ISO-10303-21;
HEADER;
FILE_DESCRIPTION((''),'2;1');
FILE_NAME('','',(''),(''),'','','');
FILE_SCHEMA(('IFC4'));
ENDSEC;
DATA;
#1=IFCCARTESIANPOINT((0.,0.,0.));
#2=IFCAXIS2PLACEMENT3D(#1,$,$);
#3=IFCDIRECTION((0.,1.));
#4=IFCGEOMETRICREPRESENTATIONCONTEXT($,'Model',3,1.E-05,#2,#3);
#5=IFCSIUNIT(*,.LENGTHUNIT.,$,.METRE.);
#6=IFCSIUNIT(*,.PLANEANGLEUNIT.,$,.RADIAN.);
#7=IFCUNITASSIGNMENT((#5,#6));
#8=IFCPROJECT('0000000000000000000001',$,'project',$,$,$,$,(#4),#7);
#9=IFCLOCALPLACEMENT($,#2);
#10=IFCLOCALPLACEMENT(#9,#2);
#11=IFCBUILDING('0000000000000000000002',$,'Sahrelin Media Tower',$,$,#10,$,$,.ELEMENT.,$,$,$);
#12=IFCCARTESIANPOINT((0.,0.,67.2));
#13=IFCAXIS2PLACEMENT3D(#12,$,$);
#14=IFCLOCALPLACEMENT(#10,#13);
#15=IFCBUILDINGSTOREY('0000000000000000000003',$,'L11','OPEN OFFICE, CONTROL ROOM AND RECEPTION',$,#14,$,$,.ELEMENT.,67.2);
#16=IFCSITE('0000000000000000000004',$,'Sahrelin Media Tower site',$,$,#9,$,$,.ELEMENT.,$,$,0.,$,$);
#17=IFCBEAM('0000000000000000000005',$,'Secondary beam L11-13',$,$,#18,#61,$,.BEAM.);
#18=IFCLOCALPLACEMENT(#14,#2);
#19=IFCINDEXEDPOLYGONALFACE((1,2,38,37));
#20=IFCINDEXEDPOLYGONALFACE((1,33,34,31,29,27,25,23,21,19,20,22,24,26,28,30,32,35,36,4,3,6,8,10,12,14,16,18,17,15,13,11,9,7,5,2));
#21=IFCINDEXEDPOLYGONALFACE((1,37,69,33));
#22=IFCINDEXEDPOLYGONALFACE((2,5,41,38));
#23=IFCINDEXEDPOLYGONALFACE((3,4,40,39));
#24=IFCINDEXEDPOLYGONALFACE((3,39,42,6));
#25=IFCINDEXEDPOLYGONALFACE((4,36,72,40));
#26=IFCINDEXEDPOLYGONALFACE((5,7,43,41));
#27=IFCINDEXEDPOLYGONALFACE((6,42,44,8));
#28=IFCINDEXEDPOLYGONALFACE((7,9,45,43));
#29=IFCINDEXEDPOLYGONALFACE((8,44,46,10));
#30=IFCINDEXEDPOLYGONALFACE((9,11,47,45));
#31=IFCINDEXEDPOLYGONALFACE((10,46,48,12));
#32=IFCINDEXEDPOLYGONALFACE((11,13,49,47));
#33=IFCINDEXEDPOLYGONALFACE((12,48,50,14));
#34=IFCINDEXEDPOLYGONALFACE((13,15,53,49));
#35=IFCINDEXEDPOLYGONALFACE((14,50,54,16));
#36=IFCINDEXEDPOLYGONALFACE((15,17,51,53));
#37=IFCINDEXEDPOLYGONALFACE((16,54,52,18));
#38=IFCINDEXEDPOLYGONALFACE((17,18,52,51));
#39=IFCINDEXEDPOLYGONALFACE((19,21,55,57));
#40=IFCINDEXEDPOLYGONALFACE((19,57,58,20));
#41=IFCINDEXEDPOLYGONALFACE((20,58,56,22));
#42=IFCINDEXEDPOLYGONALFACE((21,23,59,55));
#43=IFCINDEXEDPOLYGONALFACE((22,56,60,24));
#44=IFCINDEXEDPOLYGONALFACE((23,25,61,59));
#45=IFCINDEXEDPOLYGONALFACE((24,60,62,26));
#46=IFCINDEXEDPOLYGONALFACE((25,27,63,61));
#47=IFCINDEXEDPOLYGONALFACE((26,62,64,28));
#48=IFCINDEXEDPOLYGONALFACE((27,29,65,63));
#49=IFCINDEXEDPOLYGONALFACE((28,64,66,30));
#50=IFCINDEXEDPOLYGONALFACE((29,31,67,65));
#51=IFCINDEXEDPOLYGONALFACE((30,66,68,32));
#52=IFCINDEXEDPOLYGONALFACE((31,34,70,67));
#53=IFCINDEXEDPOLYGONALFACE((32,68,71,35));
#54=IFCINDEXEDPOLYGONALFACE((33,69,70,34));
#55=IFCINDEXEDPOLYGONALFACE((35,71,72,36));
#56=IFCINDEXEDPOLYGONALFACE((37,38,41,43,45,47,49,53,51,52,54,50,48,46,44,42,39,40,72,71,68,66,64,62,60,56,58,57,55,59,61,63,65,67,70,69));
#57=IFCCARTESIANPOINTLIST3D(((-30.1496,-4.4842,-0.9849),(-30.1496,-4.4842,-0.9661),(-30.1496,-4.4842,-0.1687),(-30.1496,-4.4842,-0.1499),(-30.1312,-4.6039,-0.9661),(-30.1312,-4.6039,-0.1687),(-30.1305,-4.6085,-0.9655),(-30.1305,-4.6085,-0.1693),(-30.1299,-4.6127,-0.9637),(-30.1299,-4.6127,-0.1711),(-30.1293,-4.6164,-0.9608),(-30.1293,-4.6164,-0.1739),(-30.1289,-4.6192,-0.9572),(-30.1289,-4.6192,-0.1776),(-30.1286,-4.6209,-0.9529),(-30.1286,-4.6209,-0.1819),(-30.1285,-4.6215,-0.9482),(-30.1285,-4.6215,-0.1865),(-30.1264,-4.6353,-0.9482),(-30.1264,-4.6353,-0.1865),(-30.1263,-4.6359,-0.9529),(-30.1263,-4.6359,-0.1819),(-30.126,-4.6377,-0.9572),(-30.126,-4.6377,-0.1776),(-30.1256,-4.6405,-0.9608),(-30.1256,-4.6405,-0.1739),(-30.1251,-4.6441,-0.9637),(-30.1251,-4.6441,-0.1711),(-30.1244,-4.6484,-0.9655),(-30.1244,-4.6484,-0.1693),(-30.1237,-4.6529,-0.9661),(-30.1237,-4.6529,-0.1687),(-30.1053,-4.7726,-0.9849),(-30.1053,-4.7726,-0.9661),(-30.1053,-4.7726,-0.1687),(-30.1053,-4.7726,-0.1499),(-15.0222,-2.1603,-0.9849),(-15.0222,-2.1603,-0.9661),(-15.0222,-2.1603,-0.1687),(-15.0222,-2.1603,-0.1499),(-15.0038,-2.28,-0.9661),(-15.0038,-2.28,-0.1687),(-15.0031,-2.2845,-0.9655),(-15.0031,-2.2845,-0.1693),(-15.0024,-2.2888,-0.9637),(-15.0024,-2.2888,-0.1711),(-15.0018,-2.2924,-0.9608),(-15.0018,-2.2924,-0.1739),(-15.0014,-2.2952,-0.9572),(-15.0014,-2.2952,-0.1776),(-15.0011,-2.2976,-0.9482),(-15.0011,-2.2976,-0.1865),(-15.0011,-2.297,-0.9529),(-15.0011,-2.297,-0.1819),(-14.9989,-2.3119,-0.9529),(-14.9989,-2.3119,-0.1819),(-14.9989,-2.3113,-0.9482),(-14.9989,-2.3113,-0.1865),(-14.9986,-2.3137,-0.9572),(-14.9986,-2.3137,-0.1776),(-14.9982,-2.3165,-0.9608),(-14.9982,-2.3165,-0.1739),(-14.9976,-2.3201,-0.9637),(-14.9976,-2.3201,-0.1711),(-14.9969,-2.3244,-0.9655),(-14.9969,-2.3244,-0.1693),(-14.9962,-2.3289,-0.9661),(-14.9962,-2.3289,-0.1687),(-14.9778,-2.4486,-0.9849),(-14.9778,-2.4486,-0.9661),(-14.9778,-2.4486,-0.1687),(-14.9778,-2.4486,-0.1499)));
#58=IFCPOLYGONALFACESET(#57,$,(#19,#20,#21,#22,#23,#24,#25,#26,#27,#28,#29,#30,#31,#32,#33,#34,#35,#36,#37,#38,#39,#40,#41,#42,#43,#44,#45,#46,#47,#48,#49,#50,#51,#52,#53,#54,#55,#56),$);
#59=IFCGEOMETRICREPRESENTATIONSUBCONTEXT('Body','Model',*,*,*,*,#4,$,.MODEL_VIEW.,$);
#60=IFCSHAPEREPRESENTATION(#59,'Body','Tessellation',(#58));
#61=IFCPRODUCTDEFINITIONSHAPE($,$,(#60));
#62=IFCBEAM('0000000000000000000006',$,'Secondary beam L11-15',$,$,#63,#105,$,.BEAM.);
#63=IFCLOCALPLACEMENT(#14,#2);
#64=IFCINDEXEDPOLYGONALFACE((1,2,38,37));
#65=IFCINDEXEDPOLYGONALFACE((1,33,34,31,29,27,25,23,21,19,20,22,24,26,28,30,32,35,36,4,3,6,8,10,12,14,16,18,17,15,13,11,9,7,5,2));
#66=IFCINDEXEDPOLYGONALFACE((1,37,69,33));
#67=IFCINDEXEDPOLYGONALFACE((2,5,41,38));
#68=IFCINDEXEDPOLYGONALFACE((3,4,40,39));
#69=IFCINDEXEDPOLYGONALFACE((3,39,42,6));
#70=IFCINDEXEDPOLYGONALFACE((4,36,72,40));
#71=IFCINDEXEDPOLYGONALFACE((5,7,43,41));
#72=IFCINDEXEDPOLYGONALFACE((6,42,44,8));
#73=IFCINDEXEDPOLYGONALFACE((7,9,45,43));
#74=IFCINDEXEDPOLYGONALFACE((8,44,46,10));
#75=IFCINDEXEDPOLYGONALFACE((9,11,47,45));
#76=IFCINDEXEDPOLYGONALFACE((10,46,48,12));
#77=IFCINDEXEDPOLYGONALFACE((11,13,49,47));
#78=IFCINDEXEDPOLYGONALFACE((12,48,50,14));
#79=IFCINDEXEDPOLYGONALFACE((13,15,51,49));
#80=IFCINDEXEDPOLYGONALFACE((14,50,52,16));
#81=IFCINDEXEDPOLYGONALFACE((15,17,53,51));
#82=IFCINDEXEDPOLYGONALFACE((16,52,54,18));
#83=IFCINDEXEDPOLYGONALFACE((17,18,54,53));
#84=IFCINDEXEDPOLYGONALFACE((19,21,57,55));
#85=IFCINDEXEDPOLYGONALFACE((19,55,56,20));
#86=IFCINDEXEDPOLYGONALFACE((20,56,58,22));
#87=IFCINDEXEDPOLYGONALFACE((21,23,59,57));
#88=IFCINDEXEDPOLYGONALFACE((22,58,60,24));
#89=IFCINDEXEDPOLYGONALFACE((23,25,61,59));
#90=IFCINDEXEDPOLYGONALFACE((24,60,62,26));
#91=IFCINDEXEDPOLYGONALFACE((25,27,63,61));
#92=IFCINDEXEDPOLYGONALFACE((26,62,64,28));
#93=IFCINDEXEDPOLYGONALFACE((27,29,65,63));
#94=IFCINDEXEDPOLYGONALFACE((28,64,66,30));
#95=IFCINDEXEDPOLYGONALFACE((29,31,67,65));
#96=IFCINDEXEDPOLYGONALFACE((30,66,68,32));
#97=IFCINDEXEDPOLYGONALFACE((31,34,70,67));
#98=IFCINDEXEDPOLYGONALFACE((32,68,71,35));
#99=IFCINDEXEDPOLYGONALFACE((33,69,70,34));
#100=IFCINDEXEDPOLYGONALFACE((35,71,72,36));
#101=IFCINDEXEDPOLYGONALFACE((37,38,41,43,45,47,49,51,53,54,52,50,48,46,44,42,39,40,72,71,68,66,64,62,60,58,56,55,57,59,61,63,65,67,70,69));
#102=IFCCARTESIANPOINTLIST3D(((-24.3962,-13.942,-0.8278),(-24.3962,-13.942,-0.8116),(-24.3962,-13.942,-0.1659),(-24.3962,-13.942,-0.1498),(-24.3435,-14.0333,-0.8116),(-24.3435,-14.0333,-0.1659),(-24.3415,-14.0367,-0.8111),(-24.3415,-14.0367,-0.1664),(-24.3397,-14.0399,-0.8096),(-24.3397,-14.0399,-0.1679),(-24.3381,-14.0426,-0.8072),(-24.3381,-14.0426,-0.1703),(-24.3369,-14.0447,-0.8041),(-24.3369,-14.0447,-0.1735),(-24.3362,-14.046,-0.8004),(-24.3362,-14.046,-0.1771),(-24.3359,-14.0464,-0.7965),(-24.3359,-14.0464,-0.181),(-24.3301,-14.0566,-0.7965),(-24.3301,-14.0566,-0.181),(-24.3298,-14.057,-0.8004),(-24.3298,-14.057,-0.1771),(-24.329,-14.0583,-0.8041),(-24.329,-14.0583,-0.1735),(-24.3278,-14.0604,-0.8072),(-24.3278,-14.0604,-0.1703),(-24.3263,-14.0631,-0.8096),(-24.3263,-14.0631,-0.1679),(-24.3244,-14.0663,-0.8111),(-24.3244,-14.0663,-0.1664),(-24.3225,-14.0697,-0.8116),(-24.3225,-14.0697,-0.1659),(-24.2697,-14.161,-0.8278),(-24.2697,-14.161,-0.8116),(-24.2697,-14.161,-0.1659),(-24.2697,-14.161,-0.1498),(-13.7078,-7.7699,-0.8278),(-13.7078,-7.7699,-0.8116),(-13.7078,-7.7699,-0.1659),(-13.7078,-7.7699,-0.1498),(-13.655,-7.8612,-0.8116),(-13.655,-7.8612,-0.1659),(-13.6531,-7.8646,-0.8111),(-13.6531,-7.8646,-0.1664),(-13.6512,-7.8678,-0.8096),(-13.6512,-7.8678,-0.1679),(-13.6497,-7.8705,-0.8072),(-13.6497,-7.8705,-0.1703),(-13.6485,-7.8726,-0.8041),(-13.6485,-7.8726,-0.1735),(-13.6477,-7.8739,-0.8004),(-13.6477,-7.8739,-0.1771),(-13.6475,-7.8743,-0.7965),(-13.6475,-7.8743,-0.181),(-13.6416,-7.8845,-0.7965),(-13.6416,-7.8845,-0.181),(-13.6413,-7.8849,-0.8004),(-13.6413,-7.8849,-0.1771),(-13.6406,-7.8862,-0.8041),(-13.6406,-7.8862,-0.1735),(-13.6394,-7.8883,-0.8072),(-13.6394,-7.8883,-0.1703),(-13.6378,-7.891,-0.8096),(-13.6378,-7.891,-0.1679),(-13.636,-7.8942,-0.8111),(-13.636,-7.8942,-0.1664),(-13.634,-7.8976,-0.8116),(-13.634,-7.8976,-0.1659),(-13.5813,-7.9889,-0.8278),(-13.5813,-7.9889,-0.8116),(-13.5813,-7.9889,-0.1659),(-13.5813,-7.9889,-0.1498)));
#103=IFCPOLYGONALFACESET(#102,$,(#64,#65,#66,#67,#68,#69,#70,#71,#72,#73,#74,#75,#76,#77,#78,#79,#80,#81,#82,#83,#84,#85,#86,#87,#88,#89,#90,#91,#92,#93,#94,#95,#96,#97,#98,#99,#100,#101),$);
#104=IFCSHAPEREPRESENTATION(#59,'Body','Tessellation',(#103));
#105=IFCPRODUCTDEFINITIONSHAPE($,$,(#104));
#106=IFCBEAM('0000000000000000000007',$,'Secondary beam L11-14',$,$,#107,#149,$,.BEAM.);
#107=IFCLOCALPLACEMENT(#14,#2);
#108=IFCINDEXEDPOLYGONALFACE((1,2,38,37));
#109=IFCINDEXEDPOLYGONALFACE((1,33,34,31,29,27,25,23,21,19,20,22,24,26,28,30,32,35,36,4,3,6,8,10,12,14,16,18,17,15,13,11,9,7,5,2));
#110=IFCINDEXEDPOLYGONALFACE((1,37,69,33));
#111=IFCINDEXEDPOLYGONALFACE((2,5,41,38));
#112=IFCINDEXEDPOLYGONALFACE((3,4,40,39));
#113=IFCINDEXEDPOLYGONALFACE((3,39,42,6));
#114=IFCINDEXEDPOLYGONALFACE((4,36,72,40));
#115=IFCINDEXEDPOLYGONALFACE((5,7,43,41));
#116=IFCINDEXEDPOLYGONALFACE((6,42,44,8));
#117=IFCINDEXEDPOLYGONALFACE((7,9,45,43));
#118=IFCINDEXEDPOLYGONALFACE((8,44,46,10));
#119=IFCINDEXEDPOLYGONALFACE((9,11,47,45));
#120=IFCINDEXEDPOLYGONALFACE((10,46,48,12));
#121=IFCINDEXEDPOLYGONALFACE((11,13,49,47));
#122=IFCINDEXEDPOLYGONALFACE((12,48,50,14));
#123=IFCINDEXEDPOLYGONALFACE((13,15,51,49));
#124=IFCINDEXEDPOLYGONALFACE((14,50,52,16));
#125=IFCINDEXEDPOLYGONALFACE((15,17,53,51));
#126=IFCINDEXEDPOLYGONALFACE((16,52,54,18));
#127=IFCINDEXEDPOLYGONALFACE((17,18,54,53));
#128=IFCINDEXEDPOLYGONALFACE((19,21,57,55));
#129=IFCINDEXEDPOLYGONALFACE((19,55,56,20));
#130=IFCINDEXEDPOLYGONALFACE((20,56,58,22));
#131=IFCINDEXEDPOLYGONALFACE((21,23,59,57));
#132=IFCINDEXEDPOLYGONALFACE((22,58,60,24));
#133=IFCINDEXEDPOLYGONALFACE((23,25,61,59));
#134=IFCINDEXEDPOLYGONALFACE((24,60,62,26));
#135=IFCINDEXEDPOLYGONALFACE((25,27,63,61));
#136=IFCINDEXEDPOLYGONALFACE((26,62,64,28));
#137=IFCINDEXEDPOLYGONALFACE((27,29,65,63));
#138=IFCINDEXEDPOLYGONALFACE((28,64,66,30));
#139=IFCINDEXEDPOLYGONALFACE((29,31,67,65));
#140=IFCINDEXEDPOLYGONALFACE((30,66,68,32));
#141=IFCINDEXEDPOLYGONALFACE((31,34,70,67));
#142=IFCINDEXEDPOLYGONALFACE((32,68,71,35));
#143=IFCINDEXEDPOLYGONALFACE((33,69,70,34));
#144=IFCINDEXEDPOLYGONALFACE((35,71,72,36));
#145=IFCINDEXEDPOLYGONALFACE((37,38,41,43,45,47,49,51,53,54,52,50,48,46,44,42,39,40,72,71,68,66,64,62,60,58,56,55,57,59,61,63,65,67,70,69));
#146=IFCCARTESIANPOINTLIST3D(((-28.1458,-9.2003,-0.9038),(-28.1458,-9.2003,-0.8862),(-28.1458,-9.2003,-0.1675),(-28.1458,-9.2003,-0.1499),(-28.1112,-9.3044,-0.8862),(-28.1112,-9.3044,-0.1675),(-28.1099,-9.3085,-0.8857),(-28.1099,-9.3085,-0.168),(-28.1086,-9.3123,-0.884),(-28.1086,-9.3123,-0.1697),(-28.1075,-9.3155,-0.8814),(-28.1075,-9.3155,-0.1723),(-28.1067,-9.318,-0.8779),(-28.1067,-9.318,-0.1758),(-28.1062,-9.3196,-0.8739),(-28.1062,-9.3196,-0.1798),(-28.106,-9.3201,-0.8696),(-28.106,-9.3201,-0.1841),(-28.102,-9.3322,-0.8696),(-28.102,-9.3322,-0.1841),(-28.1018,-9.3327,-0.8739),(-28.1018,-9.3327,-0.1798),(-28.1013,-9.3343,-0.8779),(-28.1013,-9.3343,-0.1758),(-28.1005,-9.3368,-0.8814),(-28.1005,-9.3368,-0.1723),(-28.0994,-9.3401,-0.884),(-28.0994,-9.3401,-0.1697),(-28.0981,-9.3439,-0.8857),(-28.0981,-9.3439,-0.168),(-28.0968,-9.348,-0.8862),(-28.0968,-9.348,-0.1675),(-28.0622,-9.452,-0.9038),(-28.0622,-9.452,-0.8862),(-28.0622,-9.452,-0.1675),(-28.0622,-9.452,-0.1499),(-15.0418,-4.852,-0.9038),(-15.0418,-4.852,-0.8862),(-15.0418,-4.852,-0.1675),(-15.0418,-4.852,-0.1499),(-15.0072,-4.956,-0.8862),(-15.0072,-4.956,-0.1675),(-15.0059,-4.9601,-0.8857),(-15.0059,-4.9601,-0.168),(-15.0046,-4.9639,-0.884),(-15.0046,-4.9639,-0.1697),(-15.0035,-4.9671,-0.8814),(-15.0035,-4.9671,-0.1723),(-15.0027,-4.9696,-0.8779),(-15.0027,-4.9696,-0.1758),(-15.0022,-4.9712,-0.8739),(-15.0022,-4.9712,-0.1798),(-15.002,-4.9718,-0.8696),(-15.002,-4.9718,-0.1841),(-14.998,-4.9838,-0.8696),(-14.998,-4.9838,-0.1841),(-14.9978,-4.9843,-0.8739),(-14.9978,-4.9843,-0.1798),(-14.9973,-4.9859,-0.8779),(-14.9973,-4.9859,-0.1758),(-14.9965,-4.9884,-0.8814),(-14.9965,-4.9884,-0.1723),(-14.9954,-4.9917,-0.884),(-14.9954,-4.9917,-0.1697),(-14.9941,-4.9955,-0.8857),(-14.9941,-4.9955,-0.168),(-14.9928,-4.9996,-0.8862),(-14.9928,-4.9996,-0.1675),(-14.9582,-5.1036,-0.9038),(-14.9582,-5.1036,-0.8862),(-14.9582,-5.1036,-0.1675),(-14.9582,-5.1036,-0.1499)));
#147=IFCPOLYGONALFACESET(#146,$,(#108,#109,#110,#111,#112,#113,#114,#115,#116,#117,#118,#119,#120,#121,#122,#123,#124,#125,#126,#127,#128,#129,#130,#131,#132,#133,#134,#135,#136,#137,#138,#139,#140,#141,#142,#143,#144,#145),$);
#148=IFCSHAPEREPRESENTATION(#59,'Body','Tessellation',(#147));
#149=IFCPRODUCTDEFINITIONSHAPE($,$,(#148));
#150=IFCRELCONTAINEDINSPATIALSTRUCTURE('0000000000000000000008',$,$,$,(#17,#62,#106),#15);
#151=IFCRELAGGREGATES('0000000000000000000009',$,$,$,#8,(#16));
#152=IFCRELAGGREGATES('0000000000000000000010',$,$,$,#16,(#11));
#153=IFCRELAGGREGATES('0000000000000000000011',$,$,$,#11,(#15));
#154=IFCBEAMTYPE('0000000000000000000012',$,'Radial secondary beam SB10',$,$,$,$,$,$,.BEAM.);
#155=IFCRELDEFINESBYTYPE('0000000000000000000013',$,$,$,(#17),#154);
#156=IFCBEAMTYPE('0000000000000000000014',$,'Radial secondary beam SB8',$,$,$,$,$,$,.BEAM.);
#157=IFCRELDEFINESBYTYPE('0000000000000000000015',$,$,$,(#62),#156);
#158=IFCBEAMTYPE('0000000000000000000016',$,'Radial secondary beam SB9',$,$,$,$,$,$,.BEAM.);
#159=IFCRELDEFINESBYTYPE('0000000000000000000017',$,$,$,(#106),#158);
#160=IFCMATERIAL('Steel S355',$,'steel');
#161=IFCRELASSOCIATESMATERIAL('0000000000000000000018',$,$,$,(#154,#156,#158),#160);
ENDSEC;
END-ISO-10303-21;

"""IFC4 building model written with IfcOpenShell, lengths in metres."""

from ifc_helpers import new_model, si_unit, direction, frame, origin, origin_2d, place, context, subcontext, project, spatial, i_section, extrude, material, material_profile, profile_set, type_object, element, save


model = new_model("IFC4")

# Units and contexts
model_context = context("Model", 3, precision=1e-05, world=origin(), true_north=direction((0.0, 1.0)))
body_context = subcontext(model_context, "Body", "Model", "MODEL_VIEW")
ifc_project = project(units=[si_unit("LENGTHUNIT", "METRE"), si_unit("PLANEANGLEUNIT", "RADIAN")], contexts=[model_context])

# Site, building, storey
site_placement = place(None, origin())
site = spatial("IfcSite", under=ifc_project, at=site_placement, Name="Sahrelin Media Tower site", CompositionType="ELEMENT", RefElevation=0.0)
building_placement = place(site_placement, origin())
building = spatial("IfcBuilding", under=site, at=building_placement, Name="Sahrelin Media Tower", CompositionType="ELEMENT")
storey_placement = place(building_placement, frame((0.0, 0.0, 67.2)))
storey = spatial("IfcBuildingStorey", under=building, at=storey_placement, Name="L11", Description="OPEN OFFICE, CONTROL ROOM AND RECEPTION", CompositionType="ELEMENT", Elevation=67.2)

# Beams
ifc_material_1 = material(Name="Steel S355", Category="steel")
ifc_material_profile_1 = material_profile(ifc_material_1, i_section(OverallWidth=0.2917, OverallDepth=0.835, WebThickness=0.0139, FlangeThickness=0.0188, FilletRadius=0.0178, at=origin_2d()), Name="UB 838x292x176")
ifc_profile_set_1 = profile_set([ifc_material_profile_1], Name="Steel S355")
beam_type_1 = type_object("IfcBeamType", Name="Radial secondary beam SB10", PredefinedType="BEAM", material=ifc_profile_set_1)
beam_1_placement = place(storey_placement, frame((-15.0, -2.3044, -0.5674), z_axis=(-0.988404, -0.151845, 0.0), x_axis=(0.151845, -0.988404, 0.0)))
element("IfcBeam", 1, at=beam_1_placement, inside=storey, type_object=beam_type_1, Name="Secondary beam L11-13", PredefinedType="BEAM", context=body_context, shape_type="SweptSolid", body=[
    extrude(i_section(OverallWidth=0.2917, OverallDepth=0.835, WebThickness=0.0139, FlangeThickness=0.0188, FilletRadius=0.0178, at=origin_2d()), origin(), (0.0, 0.0, 1.0), 15.3049),
])
ifc_material_profile_2 = material_profile(ifc_material_1, i_section(OverallWidth=0.2529, OverallDepth=0.678, WebThickness=0.0117, FlangeThickness=0.0161, FilletRadius=0.0151, at=origin_2d()), Name="UB 686x254x125")
ifc_profile_set_2 = profile_set([ifc_material_profile_2], Name="Steel S355")
beam_type_2 = type_object("IfcBeamType", Name="Radial secondary beam SB8", PredefinedType="BEAM", material=ifc_profile_set_2)
beam_2_placement = place(storey_placement, frame((-13.6445, -7.8794, -0.4888), z_axis=(-0.865986, -0.500068, 0.0), x_axis=(0.500068, -0.865986, 0.0)))
element("IfcBeam", 2, at=beam_2_placement, inside=storey, type_object=beam_type_2, Name="Secondary beam L11-15", PredefinedType="BEAM", context=body_context, shape_type="SweptSolid", body=[
    extrude(i_section(OverallWidth=0.2529, OverallDepth=0.678, WebThickness=0.0117, FlangeThickness=0.0161, FilletRadius=0.0151, at=origin_2d()), origin(), (0.0, 0.0, 1.0), 12.3425),
])
ifc_material_profile_3 = material_profile(ifc_material_1, i_section(OverallWidth=0.2651, OverallDepth=0.7539, WebThickness=0.0127, FlangeThickness=0.0176, FilletRadius=0.0166, at=origin_2d()), Name="UB 762x267x147")
ifc_profile_set_3 = profile_set([ifc_material_profile_3], Name="Steel S355")
beam_type_3 = type_object("IfcBeamType", Name="Radial secondary beam SB9", PredefinedType="BEAM", material=ifc_profile_set_3)
beam_3_placement = place(storey_placement, frame((-15.0, -4.9778, -0.5269), z_axis=(-0.949109, -0.314949, 0.0), x_axis=(0.314949, -0.949109, 0.0)))
element("IfcBeam", 3, at=beam_3_placement, inside=storey, type_object=beam_type_3, Name="Secondary beam L11-14", PredefinedType="BEAM", context=body_context, shape_type="SweptSolid", body=[
    extrude(i_section(OverallWidth=0.2651, OverallDepth=0.7539, WebThickness=0.0127, FlangeThickness=0.0176, FilletRadius=0.0166, at=origin_2d()), origin(), (0.0, 0.0, 1.0), 13.8066),
])

save(model, "model.ifc")
